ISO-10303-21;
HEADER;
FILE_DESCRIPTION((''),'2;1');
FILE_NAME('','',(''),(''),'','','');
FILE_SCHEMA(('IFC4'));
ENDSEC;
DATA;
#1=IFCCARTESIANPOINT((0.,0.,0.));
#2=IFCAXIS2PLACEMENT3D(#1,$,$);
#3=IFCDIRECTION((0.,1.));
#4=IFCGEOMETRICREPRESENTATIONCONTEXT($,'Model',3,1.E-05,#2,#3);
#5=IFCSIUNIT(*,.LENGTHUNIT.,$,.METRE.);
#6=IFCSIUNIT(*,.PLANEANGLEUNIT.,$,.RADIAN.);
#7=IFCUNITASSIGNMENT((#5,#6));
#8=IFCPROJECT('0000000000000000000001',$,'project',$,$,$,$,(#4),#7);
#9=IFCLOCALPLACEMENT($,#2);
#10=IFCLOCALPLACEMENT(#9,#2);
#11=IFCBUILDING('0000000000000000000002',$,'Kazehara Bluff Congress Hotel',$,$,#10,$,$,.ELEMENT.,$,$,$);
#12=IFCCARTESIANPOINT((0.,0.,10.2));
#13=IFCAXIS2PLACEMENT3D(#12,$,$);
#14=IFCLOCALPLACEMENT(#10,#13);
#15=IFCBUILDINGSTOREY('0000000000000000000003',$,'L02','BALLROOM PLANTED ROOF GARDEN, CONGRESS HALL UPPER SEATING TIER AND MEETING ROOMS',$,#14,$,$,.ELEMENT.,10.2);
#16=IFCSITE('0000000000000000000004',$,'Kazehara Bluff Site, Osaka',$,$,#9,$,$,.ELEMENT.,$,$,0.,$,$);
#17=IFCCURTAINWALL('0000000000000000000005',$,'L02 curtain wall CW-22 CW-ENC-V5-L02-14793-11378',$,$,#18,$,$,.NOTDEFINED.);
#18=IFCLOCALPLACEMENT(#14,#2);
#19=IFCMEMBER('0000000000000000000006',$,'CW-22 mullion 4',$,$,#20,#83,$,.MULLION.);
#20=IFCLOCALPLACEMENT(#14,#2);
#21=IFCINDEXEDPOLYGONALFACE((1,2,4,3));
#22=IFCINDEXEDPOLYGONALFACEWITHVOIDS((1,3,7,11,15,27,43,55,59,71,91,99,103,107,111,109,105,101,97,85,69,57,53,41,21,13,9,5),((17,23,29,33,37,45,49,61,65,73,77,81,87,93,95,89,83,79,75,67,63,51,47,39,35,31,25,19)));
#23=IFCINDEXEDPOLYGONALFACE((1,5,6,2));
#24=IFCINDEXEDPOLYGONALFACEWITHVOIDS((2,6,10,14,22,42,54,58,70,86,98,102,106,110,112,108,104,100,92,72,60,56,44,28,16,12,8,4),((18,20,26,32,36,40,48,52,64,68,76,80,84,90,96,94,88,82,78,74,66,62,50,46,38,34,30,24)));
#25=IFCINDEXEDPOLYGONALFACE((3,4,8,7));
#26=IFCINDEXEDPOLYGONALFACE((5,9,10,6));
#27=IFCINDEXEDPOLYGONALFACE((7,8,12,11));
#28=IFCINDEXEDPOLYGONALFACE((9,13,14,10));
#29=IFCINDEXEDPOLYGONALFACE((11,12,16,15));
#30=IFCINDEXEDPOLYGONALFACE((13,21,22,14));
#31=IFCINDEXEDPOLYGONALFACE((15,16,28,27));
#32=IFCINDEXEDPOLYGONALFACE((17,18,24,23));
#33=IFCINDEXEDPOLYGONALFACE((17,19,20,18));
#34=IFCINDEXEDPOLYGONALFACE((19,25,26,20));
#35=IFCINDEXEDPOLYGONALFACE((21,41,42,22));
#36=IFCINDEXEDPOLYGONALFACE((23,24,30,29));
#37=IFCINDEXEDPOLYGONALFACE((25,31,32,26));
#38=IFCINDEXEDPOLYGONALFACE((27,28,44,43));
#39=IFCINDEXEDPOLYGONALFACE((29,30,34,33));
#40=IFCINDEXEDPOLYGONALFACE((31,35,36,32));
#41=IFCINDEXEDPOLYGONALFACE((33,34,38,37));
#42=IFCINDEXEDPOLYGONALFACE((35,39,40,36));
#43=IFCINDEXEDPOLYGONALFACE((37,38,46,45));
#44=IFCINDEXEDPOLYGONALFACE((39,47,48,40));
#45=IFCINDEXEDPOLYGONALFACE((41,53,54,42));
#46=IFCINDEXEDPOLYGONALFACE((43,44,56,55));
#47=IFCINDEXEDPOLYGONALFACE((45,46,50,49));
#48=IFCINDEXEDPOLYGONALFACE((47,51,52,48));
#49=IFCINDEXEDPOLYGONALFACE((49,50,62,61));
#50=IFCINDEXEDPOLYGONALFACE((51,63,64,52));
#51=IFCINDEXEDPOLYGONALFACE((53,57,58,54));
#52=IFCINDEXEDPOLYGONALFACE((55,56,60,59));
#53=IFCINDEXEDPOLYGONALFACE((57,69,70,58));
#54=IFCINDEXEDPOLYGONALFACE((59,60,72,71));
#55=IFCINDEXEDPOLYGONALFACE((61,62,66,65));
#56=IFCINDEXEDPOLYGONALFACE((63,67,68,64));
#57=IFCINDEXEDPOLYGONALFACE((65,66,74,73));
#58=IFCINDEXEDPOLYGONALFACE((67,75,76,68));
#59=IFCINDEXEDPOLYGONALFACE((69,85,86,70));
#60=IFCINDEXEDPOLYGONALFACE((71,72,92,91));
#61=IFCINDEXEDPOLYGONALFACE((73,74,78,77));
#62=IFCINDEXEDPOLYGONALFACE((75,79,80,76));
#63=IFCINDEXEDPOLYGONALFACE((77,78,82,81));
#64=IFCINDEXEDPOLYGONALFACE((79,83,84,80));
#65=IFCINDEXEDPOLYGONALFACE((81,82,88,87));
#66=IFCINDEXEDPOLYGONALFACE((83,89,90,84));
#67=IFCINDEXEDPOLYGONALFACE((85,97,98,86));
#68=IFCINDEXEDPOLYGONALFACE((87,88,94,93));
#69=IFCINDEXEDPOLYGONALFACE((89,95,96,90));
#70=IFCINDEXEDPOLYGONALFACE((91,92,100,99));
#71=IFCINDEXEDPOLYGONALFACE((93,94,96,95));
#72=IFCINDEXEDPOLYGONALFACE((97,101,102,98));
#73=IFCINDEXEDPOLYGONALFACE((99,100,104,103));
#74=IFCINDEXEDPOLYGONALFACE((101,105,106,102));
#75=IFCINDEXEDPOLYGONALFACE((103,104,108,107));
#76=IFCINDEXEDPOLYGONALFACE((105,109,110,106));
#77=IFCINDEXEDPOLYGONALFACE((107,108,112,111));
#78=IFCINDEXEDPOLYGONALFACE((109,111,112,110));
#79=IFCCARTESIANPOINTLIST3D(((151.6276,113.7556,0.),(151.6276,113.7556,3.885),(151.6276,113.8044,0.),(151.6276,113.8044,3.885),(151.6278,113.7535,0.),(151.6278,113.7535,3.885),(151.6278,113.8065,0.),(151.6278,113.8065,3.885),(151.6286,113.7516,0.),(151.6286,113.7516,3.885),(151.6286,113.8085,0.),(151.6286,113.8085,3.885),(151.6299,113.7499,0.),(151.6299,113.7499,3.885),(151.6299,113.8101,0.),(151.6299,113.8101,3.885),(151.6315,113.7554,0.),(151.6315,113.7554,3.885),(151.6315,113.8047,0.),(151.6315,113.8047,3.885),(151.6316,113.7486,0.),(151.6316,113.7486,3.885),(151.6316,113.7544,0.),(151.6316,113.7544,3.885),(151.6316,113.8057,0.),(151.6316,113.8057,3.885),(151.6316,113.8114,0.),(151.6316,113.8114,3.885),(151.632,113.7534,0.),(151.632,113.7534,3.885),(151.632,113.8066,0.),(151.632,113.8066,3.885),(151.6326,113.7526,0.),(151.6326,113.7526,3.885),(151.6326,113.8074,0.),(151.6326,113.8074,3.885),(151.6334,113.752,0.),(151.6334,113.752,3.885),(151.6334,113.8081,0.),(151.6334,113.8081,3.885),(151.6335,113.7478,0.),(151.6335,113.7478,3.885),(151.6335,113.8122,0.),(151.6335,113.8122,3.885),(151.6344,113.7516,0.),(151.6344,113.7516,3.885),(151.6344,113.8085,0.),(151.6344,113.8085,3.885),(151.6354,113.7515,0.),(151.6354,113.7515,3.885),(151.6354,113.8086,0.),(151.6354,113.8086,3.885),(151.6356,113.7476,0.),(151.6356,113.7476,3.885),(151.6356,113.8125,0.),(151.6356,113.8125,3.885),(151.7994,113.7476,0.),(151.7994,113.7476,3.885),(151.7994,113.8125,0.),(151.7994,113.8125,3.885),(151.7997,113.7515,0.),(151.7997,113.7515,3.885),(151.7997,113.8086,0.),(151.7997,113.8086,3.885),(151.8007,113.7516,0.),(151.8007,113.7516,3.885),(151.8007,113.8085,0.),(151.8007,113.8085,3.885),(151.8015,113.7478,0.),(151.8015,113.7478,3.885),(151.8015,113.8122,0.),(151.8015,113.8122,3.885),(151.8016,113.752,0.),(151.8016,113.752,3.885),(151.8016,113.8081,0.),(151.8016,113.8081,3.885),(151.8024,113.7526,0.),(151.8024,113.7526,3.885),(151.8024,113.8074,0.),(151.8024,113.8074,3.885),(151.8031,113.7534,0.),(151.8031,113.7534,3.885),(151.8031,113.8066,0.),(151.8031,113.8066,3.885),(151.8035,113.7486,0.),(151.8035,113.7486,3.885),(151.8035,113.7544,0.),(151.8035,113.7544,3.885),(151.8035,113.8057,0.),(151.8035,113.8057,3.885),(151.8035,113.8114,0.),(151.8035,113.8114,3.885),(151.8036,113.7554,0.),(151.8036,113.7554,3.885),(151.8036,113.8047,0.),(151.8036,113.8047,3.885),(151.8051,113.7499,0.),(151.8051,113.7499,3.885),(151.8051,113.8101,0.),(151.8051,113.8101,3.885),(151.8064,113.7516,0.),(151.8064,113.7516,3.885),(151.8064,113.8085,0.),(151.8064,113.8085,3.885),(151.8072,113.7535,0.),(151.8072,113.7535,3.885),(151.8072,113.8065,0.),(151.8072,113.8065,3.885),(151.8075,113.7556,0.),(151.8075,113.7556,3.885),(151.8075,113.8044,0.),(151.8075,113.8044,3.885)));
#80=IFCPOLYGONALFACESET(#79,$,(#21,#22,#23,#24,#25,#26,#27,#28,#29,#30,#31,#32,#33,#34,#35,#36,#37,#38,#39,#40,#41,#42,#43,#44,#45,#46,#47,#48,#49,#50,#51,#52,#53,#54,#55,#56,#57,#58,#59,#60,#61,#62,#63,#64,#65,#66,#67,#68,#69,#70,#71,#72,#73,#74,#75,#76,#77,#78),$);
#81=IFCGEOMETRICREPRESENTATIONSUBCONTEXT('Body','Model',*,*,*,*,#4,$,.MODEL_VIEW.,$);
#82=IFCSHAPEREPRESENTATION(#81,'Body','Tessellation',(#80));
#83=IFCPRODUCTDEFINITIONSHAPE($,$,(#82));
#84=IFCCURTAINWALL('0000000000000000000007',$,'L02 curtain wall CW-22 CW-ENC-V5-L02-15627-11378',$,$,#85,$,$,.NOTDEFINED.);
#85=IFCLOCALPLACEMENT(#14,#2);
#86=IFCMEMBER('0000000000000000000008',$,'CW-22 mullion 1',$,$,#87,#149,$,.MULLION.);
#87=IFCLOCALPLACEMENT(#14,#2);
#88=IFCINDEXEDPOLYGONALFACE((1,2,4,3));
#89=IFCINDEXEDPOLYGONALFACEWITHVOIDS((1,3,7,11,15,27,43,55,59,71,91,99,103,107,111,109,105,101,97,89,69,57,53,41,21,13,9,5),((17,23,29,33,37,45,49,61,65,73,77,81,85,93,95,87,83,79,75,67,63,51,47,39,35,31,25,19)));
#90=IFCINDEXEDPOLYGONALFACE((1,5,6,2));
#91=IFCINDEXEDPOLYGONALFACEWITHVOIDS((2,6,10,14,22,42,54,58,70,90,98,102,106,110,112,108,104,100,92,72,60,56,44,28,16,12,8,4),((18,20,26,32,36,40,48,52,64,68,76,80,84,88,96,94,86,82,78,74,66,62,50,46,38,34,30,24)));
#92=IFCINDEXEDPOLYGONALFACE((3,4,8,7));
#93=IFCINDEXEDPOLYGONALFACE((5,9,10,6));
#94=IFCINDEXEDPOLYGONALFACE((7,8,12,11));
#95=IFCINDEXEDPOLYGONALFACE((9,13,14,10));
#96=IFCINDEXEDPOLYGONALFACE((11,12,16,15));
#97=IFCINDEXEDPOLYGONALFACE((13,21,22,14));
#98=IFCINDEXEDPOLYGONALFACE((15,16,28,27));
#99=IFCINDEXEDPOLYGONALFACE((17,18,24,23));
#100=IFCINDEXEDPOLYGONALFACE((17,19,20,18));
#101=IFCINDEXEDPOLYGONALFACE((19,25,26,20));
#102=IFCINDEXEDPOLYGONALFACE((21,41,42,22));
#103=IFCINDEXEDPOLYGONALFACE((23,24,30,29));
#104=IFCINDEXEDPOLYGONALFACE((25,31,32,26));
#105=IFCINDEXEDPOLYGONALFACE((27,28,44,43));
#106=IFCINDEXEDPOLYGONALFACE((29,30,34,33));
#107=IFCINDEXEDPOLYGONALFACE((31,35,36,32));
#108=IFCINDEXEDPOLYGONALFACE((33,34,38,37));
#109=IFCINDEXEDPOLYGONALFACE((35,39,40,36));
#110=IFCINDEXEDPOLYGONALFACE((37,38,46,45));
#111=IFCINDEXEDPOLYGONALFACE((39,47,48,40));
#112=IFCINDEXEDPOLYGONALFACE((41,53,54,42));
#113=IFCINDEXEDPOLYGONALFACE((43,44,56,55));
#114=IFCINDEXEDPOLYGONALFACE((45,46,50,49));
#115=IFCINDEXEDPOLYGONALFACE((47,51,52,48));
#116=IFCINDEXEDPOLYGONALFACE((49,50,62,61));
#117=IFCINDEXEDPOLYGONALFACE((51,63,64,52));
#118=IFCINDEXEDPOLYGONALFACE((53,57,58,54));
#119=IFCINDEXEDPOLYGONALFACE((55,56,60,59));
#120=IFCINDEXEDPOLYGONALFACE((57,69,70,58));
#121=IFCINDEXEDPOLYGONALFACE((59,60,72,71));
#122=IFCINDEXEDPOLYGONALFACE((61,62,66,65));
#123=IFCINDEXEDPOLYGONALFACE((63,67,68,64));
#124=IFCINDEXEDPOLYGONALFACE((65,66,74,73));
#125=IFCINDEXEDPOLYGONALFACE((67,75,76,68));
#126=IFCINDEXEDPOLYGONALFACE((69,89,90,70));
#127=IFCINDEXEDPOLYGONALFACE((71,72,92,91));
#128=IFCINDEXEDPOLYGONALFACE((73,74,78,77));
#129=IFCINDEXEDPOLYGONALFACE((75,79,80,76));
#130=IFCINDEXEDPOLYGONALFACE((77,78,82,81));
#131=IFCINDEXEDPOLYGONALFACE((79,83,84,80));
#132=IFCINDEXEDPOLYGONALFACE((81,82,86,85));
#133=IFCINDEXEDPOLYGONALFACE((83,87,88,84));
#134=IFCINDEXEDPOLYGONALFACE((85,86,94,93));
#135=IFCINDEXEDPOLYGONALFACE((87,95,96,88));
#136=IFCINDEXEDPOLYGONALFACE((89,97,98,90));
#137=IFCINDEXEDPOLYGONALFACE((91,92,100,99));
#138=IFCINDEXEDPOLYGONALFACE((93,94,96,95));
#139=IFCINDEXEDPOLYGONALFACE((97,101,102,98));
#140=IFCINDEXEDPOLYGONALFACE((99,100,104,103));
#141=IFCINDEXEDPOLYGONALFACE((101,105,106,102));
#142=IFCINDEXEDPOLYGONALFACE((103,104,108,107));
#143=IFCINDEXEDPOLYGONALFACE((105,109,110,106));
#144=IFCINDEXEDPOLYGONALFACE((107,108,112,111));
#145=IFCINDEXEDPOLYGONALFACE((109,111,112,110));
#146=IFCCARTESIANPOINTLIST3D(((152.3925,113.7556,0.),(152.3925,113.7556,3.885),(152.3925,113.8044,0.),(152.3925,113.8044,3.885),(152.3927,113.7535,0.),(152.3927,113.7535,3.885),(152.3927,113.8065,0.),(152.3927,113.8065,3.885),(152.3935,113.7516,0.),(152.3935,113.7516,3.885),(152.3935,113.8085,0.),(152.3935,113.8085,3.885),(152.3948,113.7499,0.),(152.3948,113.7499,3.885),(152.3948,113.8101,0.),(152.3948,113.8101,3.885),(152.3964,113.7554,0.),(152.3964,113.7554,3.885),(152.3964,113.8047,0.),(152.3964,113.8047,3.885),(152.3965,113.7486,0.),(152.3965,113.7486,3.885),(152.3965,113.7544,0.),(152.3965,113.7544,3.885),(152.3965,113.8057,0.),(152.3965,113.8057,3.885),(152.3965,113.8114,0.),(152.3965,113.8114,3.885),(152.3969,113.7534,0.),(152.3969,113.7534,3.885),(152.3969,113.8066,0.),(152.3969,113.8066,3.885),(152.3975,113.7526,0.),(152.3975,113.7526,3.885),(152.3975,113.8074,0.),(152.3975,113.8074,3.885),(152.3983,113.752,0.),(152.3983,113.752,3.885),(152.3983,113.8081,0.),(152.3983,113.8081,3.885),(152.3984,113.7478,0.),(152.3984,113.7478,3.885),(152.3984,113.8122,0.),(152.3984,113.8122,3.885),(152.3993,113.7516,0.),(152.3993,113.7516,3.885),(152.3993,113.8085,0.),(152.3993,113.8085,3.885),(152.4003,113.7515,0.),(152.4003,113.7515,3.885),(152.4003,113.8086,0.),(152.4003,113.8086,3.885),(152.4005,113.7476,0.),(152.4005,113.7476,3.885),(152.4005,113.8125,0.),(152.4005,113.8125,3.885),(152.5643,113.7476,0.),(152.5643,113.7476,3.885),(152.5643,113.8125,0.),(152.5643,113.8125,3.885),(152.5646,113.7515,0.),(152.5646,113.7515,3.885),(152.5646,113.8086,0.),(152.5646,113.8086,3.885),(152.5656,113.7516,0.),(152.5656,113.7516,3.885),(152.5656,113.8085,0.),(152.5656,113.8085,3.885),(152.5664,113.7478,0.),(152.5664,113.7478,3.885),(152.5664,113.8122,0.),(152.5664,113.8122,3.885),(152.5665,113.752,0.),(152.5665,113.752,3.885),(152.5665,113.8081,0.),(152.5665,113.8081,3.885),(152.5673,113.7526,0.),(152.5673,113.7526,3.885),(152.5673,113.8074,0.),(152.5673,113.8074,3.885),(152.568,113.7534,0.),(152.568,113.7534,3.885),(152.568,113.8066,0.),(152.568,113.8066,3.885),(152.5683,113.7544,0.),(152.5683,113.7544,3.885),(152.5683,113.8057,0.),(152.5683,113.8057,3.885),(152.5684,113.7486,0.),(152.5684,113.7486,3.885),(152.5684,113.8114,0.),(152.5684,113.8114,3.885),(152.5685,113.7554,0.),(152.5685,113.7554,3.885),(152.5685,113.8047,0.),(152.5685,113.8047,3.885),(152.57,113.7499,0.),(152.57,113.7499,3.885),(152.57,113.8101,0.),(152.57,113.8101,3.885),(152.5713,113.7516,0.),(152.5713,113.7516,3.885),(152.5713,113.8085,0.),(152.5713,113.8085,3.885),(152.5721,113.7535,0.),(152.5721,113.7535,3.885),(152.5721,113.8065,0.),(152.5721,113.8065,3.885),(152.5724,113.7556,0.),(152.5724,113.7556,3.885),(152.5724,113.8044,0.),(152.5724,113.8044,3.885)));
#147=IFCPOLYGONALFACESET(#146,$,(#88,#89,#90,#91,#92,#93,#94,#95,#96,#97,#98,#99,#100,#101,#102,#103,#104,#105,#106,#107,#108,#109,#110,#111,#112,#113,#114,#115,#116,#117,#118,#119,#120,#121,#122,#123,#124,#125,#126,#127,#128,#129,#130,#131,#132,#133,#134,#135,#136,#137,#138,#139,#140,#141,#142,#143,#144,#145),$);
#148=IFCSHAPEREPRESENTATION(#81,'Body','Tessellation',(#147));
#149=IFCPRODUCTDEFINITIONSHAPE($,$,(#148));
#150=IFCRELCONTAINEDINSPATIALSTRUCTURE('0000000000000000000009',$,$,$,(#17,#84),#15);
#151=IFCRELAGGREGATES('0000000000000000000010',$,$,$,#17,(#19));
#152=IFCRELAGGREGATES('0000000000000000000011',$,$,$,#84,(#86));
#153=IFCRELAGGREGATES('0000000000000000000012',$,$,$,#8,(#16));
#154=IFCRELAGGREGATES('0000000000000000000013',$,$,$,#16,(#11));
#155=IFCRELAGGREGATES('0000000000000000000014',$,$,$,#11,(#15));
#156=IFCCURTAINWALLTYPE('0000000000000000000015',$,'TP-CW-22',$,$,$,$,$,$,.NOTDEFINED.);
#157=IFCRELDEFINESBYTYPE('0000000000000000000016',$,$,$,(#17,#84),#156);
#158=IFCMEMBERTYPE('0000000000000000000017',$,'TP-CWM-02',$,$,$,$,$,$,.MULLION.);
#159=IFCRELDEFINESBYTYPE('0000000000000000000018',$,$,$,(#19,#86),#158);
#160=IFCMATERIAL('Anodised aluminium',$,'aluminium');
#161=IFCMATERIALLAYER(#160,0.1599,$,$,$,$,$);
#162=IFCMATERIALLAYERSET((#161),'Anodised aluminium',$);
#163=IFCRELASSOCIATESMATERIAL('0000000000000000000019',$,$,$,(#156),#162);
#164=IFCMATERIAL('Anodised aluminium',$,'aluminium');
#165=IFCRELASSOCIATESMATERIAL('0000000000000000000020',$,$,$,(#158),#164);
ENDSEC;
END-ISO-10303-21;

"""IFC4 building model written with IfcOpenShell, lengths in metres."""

from ifc_helpers import new_model, si_unit, direction, frame, origin, origin_2d, place, context, subcontext, project, spatial, hollow_rectangle, extrude, material, layer, layer_set, material_profile, profile_set, type_object, element, aggregate, save


model = new_model("IFC4")

# Units and contexts
model_context = context("Model", 3, precision=1e-05, world=origin(), true_north=direction((0.0, 1.0)))
body_context = subcontext(model_context, "Body", "Model", "MODEL_VIEW")
ifc_project = project(units=[si_unit("LENGTHUNIT", "METRE"), si_unit("PLANEANGLEUNIT", "RADIAN")], contexts=[model_context])

# Site, building, storey
site_placement = place(None, origin())
site = spatial("IfcSite", under=ifc_project, at=site_placement, Name="Kazehara Bluff Site, Osaka", CompositionType="ELEMENT", RefElevation=0.0)
building_placement = place(site_placement, origin())
building = spatial("IfcBuilding", under=site, at=building_placement, Name="Kazehara Bluff Congress Hotel", CompositionType="ELEMENT")
storey_placement = place(building_placement, frame((0.0, 0.0, 10.2)))
storey = spatial("IfcBuildingStorey", under=building, at=storey_placement, Name="L02", Description="BALLROOM PLANTED ROOF GARDEN, CONGRESS HALL UPPER SEATING TIER AND MEETING ROOMS", CompositionType="ELEMENT", Elevation=10.2)

# Curtain walls, members
ifc_material_1 = material(Name="Anodised aluminium", Category="aluminium")
ifc_layer_1 = layer(ifc_material_1, 0.1599)
ifc_layer_set_1 = layer_set([ifc_layer_1], Name="Anodised aluminium")
curtain_wall_type = type_object("IfcCurtainWallType", Name="TP-CW-22", PredefinedType="NOTDEFINED", material=ifc_layer_set_1)
curtain_wall_1_placement = place(storey_placement, origin())
curtain_wall_1 = element("IfcCurtainWall", 1, at=curtain_wall_1_placement, inside=storey, type_object=curtain_wall_type, Name="L02 curtain wall CW-22 CW-ENC-V5-L02-14793-11378", PredefinedType="NOTDEFINED")
ifc_material_2 = material(Name="Anodised aluminium", Category="aluminium")
ifc_material_profile_1 = material_profile(ifc_material_2, hollow_rectangle(XDim=0.0649, YDim=0.1799, WallThickness=0.0039, InnerFilletRadius=0.0039, OuterFilletRadius=0.0081, at=origin_2d()))
ifc_profile_set_1 = profile_set([ifc_material_profile_1], Name="Anodised aluminium")
member_type_1 = type_object("IfcMemberType", Name="TP-CWM-02", PredefinedType="MULLION", material=ifc_profile_set_1)
member_1_placement = place(storey_placement, frame((151.7175, 113.78, 0.0), z_axis=(0.0, 0.0, 1.0), x_axis=(0.0, 1.0, 0.0)))
member_1 = element("IfcMember", 2, at=member_1_placement, type_object=member_type_1, Name="CW-22 mullion 4", PredefinedType="MULLION", context=body_context, shape_type="SweptSolid", body=[
    extrude(hollow_rectangle(XDim=0.0649, YDim=0.1799, WallThickness=0.0039, InnerFilletRadius=0.0039, OuterFilletRadius=0.0081, at=origin_2d()), origin(), (0.0, 0.0, 1.0), 3.885),
])
curtain_wall_2_placement = place(storey_placement, origin())
curtain_wall_2 = element("IfcCurtainWall", 3, at=curtain_wall_2_placement, inside=storey, type_object=curtain_wall_type, Name="L02 curtain wall CW-22 CW-ENC-V5-L02-15627-11378", PredefinedType="NOTDEFINED")
member_2_placement = place(storey_placement, frame((152.4824, 113.78, 0.0), z_axis=(0.0, 0.0, 1.0), x_axis=(0.0, 1.0, 0.0)))
member_2 = element("IfcMember", 4, at=member_2_placement, type_object=member_type_1, Name="CW-22 mullion 1", PredefinedType="MULLION", context=body_context, shape_type="SweptSolid", body=[
    extrude(hollow_rectangle(XDim=0.0649, YDim=0.1799, WallThickness=0.0039, InnerFilletRadius=0.0039, OuterFilletRadius=0.0081, at=origin_2d()), origin(), (0.0, 0.0, 1.0), 3.885),
])

aggregate(curtain_wall_1, [member_1])
aggregate(curtain_wall_2, [member_2])

save(model, "model.ifc")
